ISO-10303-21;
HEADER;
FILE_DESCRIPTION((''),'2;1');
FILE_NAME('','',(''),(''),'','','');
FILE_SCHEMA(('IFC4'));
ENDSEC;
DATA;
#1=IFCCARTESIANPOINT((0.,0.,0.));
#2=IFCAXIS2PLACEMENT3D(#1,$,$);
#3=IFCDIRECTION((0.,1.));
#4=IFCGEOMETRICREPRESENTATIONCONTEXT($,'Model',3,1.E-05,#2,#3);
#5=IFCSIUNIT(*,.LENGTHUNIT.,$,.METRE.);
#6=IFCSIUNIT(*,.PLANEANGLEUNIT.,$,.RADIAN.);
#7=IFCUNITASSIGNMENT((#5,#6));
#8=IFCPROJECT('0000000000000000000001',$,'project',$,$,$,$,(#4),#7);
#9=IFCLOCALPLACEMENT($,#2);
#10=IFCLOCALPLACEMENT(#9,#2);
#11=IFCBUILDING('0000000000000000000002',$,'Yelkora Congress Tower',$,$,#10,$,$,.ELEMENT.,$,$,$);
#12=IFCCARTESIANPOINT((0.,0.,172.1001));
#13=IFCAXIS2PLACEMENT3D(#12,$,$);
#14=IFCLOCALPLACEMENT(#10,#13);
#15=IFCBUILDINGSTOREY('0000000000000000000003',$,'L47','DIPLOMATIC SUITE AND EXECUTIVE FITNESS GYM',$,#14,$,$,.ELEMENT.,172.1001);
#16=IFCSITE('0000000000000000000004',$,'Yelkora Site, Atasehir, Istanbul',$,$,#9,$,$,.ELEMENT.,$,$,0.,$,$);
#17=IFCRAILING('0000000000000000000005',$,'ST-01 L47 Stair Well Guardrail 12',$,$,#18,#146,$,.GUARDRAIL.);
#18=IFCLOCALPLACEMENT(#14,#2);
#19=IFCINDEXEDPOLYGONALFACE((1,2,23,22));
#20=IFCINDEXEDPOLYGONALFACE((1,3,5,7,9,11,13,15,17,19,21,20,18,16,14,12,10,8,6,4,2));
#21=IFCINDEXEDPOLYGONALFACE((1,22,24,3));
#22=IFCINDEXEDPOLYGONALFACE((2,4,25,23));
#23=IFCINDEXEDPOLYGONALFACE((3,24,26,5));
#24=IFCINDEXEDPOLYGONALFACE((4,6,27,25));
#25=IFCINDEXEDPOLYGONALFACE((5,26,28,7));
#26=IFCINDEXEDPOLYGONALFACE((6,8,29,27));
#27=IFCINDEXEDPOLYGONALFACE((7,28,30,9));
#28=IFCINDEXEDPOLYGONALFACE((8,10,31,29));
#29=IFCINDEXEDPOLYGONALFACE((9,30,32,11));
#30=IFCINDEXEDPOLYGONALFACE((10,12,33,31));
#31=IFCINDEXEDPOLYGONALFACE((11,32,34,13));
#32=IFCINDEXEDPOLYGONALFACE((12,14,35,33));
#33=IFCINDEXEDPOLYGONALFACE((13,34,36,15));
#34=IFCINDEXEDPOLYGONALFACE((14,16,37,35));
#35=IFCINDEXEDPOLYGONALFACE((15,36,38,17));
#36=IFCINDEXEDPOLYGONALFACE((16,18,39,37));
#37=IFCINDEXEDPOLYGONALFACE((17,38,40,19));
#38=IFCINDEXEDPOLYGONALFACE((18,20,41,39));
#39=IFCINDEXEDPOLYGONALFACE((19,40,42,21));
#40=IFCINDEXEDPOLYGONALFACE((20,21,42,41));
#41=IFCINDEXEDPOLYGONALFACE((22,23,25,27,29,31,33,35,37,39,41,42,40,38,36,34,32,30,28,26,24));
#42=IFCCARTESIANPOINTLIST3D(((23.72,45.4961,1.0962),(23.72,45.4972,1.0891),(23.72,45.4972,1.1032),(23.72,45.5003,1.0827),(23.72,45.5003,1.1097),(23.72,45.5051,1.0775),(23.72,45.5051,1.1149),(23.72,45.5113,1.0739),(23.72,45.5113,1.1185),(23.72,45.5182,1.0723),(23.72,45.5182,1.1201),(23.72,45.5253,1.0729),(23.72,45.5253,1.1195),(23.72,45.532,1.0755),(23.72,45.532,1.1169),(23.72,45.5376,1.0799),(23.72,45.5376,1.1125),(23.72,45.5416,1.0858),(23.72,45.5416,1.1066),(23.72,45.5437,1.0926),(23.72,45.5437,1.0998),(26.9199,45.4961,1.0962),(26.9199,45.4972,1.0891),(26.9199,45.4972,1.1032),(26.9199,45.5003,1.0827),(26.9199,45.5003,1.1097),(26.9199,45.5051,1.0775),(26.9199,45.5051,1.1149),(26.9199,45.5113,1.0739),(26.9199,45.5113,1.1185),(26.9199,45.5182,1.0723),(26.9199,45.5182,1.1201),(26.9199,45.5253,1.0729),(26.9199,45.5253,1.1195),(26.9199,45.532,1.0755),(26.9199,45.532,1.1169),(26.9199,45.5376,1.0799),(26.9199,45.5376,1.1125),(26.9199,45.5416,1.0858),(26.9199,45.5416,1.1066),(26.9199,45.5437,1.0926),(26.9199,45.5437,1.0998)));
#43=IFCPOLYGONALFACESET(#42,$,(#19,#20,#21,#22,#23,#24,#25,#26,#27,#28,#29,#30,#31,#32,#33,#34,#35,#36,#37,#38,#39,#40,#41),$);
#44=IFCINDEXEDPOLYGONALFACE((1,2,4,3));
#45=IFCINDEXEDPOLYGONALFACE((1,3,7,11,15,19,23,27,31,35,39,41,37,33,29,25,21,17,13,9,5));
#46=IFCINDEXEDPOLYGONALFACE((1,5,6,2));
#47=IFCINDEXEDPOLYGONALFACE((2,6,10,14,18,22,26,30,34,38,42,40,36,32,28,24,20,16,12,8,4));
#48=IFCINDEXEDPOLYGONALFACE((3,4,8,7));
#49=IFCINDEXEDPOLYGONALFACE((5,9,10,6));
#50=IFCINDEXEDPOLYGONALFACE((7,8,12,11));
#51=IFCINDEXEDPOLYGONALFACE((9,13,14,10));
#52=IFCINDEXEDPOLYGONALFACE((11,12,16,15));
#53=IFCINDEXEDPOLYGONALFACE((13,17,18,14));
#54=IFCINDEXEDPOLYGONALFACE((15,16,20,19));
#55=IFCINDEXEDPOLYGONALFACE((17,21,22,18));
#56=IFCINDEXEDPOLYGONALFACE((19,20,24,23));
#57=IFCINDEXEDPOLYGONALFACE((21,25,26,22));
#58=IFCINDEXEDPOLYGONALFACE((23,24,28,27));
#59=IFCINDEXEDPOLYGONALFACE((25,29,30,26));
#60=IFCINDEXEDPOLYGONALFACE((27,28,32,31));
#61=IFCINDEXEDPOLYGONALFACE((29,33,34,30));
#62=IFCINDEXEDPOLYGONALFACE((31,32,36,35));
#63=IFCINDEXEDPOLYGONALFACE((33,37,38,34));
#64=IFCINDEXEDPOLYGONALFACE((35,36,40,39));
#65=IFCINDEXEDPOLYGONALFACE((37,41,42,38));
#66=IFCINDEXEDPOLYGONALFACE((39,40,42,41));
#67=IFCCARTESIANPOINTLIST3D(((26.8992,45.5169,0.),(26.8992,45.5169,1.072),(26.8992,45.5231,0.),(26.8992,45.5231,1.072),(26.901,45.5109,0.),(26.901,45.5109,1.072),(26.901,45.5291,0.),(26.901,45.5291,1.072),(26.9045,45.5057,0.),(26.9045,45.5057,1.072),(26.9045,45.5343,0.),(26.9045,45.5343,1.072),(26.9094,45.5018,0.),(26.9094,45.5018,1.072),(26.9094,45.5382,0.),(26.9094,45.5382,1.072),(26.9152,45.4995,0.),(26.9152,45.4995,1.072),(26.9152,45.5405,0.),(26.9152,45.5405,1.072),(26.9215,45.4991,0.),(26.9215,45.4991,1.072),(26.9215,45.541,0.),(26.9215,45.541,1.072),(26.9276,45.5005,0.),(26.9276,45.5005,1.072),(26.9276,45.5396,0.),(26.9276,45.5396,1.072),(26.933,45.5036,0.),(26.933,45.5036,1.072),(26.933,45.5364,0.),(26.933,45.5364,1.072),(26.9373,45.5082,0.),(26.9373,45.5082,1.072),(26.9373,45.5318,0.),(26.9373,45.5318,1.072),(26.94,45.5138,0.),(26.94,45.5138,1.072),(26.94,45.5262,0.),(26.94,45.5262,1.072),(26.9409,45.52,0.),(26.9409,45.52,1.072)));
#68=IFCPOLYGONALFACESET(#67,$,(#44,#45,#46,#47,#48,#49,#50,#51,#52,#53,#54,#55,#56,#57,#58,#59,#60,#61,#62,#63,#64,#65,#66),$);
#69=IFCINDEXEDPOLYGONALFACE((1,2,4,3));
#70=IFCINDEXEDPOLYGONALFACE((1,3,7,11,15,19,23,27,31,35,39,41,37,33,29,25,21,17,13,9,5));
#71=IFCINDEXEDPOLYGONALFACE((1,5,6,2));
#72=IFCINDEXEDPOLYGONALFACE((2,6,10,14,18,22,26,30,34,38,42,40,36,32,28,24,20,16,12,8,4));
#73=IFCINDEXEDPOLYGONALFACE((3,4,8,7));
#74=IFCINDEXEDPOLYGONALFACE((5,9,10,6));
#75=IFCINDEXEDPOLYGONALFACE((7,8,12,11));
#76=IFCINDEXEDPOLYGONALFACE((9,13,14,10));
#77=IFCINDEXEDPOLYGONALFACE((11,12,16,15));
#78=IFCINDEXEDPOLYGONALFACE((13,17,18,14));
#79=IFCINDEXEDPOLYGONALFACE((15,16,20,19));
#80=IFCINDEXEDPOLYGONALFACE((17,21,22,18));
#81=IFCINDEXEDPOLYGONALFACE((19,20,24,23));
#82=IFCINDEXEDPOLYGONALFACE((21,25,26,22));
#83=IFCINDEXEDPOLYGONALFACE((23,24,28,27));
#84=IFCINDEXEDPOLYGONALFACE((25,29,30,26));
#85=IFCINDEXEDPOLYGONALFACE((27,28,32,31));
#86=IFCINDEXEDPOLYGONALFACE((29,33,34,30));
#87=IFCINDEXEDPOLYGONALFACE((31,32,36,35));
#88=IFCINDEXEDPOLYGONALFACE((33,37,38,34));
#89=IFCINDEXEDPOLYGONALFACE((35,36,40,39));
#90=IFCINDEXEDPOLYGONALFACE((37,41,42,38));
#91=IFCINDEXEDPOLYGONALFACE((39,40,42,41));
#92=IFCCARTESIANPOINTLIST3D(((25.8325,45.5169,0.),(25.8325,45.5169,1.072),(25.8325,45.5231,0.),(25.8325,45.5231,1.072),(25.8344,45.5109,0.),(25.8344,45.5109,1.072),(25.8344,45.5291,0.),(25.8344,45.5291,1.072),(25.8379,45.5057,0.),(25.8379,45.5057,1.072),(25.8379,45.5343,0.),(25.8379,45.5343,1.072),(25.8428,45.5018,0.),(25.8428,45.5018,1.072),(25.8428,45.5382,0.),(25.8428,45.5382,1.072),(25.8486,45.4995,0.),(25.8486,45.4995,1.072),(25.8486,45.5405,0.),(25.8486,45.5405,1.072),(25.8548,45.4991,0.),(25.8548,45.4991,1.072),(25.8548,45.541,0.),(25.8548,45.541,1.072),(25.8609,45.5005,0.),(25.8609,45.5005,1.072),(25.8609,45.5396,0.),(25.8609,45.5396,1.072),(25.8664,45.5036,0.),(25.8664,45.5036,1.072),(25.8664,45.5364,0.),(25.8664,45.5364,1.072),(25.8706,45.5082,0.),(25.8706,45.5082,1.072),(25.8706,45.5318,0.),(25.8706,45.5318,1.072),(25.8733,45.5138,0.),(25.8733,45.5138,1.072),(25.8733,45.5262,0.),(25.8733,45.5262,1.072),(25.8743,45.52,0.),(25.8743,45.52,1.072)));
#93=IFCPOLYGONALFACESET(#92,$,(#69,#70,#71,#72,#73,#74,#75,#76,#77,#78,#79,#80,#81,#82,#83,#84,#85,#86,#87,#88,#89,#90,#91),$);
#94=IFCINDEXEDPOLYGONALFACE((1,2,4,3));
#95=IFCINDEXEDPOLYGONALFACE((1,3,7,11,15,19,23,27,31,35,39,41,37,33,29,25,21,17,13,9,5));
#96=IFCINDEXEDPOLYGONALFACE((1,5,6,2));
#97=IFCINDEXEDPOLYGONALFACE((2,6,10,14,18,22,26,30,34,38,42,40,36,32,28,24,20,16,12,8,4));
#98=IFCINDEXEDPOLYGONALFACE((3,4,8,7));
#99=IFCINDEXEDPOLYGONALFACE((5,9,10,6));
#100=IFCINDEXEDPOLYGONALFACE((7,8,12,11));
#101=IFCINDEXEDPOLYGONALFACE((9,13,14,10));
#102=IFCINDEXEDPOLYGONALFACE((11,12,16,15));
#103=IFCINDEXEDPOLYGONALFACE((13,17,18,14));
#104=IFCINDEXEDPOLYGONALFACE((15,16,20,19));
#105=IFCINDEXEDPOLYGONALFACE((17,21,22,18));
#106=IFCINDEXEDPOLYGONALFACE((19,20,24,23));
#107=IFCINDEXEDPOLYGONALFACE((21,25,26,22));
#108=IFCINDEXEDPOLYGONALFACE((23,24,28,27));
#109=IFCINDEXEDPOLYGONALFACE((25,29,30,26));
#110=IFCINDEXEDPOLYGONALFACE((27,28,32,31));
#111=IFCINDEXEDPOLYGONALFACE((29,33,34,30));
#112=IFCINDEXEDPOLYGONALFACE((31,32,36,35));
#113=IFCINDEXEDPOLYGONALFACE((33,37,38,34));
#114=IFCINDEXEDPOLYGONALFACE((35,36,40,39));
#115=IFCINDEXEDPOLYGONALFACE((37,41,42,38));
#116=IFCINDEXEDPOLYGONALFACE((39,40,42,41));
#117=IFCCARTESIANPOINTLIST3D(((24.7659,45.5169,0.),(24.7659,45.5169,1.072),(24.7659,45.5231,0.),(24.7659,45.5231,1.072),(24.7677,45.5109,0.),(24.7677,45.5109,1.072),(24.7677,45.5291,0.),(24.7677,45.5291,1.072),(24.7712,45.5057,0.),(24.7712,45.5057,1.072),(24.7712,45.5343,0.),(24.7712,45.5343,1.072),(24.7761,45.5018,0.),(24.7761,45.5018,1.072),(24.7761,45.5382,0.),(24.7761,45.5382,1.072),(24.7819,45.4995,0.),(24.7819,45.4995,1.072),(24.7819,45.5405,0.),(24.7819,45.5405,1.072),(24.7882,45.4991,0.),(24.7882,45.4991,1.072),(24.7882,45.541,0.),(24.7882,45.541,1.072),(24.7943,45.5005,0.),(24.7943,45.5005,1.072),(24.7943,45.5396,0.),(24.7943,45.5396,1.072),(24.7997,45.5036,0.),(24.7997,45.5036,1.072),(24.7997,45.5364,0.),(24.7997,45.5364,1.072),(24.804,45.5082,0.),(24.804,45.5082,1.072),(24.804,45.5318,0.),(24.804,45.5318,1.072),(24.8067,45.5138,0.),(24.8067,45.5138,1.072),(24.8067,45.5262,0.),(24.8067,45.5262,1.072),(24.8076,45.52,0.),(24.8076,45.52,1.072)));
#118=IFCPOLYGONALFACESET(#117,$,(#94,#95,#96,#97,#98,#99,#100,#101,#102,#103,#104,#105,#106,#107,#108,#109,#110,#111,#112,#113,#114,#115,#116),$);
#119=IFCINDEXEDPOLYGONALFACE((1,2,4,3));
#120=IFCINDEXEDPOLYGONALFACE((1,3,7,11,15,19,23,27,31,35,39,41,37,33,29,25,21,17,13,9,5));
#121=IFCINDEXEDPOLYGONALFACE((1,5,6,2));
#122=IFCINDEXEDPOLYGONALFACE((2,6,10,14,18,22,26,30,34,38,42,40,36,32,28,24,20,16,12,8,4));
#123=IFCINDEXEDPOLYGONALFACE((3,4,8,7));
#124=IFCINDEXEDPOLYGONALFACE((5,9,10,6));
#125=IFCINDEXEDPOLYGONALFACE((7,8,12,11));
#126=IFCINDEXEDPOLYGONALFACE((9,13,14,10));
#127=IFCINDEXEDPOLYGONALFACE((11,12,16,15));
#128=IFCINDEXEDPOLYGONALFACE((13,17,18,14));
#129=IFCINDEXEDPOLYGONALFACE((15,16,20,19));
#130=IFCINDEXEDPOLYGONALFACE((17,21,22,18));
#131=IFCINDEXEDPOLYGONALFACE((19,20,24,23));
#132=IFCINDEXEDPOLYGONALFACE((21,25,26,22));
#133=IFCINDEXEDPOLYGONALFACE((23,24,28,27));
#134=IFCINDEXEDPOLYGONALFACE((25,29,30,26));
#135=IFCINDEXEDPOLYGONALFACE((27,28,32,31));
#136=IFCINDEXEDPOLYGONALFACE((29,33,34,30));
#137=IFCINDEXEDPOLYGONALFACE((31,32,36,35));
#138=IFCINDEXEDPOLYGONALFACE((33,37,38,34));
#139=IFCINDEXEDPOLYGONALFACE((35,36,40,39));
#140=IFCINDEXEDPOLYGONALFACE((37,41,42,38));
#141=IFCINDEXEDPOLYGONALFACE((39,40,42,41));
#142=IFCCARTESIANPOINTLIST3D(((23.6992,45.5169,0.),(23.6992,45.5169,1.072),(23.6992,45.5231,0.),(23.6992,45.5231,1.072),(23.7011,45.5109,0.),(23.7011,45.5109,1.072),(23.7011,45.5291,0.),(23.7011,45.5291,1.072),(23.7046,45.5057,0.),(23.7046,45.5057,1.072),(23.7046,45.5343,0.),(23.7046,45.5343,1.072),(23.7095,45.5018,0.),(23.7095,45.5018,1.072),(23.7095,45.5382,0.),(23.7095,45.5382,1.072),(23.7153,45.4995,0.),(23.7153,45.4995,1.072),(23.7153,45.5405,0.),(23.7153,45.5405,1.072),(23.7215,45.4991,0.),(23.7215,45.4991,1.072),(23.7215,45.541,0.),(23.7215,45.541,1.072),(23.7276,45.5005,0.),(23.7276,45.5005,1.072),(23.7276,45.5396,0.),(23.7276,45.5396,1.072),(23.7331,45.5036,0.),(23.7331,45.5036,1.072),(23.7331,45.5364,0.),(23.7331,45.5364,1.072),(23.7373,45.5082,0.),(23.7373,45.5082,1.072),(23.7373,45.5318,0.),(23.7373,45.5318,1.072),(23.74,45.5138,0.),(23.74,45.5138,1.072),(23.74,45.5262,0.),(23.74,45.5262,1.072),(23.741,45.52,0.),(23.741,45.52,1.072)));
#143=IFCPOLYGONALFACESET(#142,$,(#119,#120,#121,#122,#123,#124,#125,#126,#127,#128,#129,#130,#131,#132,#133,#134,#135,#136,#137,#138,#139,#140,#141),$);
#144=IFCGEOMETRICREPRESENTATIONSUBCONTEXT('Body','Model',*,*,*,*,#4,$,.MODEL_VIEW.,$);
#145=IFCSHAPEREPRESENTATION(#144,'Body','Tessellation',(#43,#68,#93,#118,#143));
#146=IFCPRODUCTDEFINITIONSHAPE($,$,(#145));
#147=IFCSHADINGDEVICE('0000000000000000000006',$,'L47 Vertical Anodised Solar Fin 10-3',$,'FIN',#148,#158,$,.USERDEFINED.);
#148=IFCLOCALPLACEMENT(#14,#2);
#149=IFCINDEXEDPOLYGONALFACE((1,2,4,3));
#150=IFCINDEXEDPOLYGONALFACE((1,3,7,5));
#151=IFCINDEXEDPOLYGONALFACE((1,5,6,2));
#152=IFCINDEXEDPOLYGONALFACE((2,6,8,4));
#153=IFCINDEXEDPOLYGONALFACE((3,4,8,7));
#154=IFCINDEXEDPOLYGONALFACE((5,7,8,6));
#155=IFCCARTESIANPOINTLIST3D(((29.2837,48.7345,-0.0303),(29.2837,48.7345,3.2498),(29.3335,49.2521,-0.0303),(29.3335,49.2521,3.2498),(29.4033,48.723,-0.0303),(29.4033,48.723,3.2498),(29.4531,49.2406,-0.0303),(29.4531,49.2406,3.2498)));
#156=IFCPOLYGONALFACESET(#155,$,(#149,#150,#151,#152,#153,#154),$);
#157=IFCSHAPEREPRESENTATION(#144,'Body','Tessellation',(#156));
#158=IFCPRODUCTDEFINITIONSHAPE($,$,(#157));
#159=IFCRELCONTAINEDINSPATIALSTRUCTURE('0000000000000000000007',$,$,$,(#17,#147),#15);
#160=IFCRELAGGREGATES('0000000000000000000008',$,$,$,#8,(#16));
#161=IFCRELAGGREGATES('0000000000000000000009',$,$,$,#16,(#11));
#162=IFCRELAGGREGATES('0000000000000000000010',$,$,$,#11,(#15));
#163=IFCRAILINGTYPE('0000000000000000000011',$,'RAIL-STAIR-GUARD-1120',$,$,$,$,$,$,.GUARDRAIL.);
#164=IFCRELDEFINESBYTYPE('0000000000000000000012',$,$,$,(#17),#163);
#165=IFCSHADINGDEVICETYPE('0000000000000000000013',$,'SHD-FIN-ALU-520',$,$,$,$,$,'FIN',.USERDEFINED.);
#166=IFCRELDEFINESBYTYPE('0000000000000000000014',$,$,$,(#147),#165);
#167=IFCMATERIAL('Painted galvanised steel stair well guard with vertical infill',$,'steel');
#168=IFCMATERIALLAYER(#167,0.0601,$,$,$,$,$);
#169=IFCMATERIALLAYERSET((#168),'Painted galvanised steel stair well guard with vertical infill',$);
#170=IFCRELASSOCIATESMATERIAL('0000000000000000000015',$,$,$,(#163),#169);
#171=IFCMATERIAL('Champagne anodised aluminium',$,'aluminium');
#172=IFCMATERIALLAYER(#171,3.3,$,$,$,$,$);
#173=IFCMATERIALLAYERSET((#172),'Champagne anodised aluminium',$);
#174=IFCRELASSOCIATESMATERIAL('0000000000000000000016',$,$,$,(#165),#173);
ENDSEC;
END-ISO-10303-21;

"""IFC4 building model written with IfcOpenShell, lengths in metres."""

from ifc_helpers import new_model, si_unit, direction, frame, origin, origin_2d, place, context, subcontext, project, spatial, rectangle, circle, extrude, material, layer, layer_set, type_object, element, save


model = new_model("IFC4")

# Units and contexts
model_context = context("Model", 3, precision=1e-05, world=origin(), true_north=direction((0.0, 1.0)))
body_context = subcontext(model_context, "Body", "Model", "MODEL_VIEW")
ifc_project = project(units=[si_unit("LENGTHUNIT", "METRE"), si_unit("PLANEANGLEUNIT", "RADIAN")], contexts=[model_context])

# Site, building, storey
site_placement = place(None, origin())
site = spatial("IfcSite", under=ifc_project, at=site_placement, Name="Yelkora Site, Atasehir, Istanbul", CompositionType="ELEMENT", RefElevation=0.0)
building_placement = place(site_placement, origin())
building = spatial("IfcBuilding", under=site, at=building_placement, Name="Yelkora Congress Tower", CompositionType="ELEMENT")
storey_placement = place(building_placement, frame((0.0, 0.0, 172.1001)))
storey = spatial("IfcBuildingStorey", under=building, at=storey_placement, Name="L47", Description="DIPLOMATIC SUITE AND EXECUTIVE FITNESS GYM", CompositionType="ELEMENT", Elevation=172.1001)

# Railing
ifc_material_1 = material(Name="Painted galvanised steel stair well guard with vertical infill", Category="steel")
ifc_layer_1 = layer(ifc_material_1, 0.0601)
ifc_layer_set_1 = layer_set([ifc_layer_1], Name="Painted galvanised steel stair well guard with vertical infill")
railing_type = type_object("IfcRailingType", Name="RAIL-STAIR-GUARD-1120", PredefinedType="GUARDRAIL", material=ifc_layer_set_1)
railing_1_placement = place(storey_placement, frame((26.9199, 45.52, 0.0)))
element("IfcRailing", 1, at=railing_1_placement, inside=storey, type_object=railing_type, Name="ST-01 L47 Stair Well Guardrail 12", PredefinedType="GUARDRAIL", context=body_context, shape_type="SweptSolid", body=[
    extrude(circle(Radius=0.0239, at=origin_2d()), frame((0.0, 0.0, 1.0962), z_axis=(-1.0, 0.0, 0.0), x_axis=(0.0, -1.0, 0.0)), (0.0, 0.0, 1.0), 3.2),
    extrude(circle(Radius=0.021, at=origin_2d()), origin(), (0.0, 0.0, 1.0), 1.072),
    extrude(circle(Radius=0.021, at=origin_2d()), frame((-1.0667, 0.0, 0.0)), (0.0, 0.0, 1.0), 1.072),
    extrude(circle(Radius=0.021, at=origin_2d()), frame((-2.1333, 0.0, 0.0)), (0.0, 0.0, 1.0), 1.072),
    extrude(circle(Radius=0.021, at=origin_2d()), frame((-3.2, 0.0, 0.0)), (0.0, 0.0, 1.0), 1.072),
])

# Shading device
ifc_material_2 = material(Name="Champagne anodised aluminium", Category="aluminium")
ifc_layer_2 = layer(ifc_material_2, 3.3)
ifc_layer_set_2 = layer_set([ifc_layer_2], Name="Champagne anodised aluminium")
shading_device_type = type_object("IfcShadingDeviceType", Name="SHD-FIN-ALU-520", ElementType="FIN", PredefinedType="USERDEFINED", material=ifc_layer_set_2)
shading_device_placement = place(storey_placement, frame((29.3684, 48.9875, -0.0303), z_axis=(0.0, 0.0, 1.0), x_axis=(0.995396, -0.095846, 0.0)))
element("IfcShadingDevice", 2, at=shading_device_placement, inside=storey, type_object=shading_device_type, Name="L47 Vertical Anodised Solar Fin 10-3", ObjectType="FIN", PredefinedType="USERDEFINED", context=body_context, shape_type="SweptSolid", body=[
    extrude(rectangle(XDim=0.1201, YDim=0.52, at=origin_2d()), origin(), (0.0, 0.0, 1.0), 3.28),
])

save(model, "model.ifc")
